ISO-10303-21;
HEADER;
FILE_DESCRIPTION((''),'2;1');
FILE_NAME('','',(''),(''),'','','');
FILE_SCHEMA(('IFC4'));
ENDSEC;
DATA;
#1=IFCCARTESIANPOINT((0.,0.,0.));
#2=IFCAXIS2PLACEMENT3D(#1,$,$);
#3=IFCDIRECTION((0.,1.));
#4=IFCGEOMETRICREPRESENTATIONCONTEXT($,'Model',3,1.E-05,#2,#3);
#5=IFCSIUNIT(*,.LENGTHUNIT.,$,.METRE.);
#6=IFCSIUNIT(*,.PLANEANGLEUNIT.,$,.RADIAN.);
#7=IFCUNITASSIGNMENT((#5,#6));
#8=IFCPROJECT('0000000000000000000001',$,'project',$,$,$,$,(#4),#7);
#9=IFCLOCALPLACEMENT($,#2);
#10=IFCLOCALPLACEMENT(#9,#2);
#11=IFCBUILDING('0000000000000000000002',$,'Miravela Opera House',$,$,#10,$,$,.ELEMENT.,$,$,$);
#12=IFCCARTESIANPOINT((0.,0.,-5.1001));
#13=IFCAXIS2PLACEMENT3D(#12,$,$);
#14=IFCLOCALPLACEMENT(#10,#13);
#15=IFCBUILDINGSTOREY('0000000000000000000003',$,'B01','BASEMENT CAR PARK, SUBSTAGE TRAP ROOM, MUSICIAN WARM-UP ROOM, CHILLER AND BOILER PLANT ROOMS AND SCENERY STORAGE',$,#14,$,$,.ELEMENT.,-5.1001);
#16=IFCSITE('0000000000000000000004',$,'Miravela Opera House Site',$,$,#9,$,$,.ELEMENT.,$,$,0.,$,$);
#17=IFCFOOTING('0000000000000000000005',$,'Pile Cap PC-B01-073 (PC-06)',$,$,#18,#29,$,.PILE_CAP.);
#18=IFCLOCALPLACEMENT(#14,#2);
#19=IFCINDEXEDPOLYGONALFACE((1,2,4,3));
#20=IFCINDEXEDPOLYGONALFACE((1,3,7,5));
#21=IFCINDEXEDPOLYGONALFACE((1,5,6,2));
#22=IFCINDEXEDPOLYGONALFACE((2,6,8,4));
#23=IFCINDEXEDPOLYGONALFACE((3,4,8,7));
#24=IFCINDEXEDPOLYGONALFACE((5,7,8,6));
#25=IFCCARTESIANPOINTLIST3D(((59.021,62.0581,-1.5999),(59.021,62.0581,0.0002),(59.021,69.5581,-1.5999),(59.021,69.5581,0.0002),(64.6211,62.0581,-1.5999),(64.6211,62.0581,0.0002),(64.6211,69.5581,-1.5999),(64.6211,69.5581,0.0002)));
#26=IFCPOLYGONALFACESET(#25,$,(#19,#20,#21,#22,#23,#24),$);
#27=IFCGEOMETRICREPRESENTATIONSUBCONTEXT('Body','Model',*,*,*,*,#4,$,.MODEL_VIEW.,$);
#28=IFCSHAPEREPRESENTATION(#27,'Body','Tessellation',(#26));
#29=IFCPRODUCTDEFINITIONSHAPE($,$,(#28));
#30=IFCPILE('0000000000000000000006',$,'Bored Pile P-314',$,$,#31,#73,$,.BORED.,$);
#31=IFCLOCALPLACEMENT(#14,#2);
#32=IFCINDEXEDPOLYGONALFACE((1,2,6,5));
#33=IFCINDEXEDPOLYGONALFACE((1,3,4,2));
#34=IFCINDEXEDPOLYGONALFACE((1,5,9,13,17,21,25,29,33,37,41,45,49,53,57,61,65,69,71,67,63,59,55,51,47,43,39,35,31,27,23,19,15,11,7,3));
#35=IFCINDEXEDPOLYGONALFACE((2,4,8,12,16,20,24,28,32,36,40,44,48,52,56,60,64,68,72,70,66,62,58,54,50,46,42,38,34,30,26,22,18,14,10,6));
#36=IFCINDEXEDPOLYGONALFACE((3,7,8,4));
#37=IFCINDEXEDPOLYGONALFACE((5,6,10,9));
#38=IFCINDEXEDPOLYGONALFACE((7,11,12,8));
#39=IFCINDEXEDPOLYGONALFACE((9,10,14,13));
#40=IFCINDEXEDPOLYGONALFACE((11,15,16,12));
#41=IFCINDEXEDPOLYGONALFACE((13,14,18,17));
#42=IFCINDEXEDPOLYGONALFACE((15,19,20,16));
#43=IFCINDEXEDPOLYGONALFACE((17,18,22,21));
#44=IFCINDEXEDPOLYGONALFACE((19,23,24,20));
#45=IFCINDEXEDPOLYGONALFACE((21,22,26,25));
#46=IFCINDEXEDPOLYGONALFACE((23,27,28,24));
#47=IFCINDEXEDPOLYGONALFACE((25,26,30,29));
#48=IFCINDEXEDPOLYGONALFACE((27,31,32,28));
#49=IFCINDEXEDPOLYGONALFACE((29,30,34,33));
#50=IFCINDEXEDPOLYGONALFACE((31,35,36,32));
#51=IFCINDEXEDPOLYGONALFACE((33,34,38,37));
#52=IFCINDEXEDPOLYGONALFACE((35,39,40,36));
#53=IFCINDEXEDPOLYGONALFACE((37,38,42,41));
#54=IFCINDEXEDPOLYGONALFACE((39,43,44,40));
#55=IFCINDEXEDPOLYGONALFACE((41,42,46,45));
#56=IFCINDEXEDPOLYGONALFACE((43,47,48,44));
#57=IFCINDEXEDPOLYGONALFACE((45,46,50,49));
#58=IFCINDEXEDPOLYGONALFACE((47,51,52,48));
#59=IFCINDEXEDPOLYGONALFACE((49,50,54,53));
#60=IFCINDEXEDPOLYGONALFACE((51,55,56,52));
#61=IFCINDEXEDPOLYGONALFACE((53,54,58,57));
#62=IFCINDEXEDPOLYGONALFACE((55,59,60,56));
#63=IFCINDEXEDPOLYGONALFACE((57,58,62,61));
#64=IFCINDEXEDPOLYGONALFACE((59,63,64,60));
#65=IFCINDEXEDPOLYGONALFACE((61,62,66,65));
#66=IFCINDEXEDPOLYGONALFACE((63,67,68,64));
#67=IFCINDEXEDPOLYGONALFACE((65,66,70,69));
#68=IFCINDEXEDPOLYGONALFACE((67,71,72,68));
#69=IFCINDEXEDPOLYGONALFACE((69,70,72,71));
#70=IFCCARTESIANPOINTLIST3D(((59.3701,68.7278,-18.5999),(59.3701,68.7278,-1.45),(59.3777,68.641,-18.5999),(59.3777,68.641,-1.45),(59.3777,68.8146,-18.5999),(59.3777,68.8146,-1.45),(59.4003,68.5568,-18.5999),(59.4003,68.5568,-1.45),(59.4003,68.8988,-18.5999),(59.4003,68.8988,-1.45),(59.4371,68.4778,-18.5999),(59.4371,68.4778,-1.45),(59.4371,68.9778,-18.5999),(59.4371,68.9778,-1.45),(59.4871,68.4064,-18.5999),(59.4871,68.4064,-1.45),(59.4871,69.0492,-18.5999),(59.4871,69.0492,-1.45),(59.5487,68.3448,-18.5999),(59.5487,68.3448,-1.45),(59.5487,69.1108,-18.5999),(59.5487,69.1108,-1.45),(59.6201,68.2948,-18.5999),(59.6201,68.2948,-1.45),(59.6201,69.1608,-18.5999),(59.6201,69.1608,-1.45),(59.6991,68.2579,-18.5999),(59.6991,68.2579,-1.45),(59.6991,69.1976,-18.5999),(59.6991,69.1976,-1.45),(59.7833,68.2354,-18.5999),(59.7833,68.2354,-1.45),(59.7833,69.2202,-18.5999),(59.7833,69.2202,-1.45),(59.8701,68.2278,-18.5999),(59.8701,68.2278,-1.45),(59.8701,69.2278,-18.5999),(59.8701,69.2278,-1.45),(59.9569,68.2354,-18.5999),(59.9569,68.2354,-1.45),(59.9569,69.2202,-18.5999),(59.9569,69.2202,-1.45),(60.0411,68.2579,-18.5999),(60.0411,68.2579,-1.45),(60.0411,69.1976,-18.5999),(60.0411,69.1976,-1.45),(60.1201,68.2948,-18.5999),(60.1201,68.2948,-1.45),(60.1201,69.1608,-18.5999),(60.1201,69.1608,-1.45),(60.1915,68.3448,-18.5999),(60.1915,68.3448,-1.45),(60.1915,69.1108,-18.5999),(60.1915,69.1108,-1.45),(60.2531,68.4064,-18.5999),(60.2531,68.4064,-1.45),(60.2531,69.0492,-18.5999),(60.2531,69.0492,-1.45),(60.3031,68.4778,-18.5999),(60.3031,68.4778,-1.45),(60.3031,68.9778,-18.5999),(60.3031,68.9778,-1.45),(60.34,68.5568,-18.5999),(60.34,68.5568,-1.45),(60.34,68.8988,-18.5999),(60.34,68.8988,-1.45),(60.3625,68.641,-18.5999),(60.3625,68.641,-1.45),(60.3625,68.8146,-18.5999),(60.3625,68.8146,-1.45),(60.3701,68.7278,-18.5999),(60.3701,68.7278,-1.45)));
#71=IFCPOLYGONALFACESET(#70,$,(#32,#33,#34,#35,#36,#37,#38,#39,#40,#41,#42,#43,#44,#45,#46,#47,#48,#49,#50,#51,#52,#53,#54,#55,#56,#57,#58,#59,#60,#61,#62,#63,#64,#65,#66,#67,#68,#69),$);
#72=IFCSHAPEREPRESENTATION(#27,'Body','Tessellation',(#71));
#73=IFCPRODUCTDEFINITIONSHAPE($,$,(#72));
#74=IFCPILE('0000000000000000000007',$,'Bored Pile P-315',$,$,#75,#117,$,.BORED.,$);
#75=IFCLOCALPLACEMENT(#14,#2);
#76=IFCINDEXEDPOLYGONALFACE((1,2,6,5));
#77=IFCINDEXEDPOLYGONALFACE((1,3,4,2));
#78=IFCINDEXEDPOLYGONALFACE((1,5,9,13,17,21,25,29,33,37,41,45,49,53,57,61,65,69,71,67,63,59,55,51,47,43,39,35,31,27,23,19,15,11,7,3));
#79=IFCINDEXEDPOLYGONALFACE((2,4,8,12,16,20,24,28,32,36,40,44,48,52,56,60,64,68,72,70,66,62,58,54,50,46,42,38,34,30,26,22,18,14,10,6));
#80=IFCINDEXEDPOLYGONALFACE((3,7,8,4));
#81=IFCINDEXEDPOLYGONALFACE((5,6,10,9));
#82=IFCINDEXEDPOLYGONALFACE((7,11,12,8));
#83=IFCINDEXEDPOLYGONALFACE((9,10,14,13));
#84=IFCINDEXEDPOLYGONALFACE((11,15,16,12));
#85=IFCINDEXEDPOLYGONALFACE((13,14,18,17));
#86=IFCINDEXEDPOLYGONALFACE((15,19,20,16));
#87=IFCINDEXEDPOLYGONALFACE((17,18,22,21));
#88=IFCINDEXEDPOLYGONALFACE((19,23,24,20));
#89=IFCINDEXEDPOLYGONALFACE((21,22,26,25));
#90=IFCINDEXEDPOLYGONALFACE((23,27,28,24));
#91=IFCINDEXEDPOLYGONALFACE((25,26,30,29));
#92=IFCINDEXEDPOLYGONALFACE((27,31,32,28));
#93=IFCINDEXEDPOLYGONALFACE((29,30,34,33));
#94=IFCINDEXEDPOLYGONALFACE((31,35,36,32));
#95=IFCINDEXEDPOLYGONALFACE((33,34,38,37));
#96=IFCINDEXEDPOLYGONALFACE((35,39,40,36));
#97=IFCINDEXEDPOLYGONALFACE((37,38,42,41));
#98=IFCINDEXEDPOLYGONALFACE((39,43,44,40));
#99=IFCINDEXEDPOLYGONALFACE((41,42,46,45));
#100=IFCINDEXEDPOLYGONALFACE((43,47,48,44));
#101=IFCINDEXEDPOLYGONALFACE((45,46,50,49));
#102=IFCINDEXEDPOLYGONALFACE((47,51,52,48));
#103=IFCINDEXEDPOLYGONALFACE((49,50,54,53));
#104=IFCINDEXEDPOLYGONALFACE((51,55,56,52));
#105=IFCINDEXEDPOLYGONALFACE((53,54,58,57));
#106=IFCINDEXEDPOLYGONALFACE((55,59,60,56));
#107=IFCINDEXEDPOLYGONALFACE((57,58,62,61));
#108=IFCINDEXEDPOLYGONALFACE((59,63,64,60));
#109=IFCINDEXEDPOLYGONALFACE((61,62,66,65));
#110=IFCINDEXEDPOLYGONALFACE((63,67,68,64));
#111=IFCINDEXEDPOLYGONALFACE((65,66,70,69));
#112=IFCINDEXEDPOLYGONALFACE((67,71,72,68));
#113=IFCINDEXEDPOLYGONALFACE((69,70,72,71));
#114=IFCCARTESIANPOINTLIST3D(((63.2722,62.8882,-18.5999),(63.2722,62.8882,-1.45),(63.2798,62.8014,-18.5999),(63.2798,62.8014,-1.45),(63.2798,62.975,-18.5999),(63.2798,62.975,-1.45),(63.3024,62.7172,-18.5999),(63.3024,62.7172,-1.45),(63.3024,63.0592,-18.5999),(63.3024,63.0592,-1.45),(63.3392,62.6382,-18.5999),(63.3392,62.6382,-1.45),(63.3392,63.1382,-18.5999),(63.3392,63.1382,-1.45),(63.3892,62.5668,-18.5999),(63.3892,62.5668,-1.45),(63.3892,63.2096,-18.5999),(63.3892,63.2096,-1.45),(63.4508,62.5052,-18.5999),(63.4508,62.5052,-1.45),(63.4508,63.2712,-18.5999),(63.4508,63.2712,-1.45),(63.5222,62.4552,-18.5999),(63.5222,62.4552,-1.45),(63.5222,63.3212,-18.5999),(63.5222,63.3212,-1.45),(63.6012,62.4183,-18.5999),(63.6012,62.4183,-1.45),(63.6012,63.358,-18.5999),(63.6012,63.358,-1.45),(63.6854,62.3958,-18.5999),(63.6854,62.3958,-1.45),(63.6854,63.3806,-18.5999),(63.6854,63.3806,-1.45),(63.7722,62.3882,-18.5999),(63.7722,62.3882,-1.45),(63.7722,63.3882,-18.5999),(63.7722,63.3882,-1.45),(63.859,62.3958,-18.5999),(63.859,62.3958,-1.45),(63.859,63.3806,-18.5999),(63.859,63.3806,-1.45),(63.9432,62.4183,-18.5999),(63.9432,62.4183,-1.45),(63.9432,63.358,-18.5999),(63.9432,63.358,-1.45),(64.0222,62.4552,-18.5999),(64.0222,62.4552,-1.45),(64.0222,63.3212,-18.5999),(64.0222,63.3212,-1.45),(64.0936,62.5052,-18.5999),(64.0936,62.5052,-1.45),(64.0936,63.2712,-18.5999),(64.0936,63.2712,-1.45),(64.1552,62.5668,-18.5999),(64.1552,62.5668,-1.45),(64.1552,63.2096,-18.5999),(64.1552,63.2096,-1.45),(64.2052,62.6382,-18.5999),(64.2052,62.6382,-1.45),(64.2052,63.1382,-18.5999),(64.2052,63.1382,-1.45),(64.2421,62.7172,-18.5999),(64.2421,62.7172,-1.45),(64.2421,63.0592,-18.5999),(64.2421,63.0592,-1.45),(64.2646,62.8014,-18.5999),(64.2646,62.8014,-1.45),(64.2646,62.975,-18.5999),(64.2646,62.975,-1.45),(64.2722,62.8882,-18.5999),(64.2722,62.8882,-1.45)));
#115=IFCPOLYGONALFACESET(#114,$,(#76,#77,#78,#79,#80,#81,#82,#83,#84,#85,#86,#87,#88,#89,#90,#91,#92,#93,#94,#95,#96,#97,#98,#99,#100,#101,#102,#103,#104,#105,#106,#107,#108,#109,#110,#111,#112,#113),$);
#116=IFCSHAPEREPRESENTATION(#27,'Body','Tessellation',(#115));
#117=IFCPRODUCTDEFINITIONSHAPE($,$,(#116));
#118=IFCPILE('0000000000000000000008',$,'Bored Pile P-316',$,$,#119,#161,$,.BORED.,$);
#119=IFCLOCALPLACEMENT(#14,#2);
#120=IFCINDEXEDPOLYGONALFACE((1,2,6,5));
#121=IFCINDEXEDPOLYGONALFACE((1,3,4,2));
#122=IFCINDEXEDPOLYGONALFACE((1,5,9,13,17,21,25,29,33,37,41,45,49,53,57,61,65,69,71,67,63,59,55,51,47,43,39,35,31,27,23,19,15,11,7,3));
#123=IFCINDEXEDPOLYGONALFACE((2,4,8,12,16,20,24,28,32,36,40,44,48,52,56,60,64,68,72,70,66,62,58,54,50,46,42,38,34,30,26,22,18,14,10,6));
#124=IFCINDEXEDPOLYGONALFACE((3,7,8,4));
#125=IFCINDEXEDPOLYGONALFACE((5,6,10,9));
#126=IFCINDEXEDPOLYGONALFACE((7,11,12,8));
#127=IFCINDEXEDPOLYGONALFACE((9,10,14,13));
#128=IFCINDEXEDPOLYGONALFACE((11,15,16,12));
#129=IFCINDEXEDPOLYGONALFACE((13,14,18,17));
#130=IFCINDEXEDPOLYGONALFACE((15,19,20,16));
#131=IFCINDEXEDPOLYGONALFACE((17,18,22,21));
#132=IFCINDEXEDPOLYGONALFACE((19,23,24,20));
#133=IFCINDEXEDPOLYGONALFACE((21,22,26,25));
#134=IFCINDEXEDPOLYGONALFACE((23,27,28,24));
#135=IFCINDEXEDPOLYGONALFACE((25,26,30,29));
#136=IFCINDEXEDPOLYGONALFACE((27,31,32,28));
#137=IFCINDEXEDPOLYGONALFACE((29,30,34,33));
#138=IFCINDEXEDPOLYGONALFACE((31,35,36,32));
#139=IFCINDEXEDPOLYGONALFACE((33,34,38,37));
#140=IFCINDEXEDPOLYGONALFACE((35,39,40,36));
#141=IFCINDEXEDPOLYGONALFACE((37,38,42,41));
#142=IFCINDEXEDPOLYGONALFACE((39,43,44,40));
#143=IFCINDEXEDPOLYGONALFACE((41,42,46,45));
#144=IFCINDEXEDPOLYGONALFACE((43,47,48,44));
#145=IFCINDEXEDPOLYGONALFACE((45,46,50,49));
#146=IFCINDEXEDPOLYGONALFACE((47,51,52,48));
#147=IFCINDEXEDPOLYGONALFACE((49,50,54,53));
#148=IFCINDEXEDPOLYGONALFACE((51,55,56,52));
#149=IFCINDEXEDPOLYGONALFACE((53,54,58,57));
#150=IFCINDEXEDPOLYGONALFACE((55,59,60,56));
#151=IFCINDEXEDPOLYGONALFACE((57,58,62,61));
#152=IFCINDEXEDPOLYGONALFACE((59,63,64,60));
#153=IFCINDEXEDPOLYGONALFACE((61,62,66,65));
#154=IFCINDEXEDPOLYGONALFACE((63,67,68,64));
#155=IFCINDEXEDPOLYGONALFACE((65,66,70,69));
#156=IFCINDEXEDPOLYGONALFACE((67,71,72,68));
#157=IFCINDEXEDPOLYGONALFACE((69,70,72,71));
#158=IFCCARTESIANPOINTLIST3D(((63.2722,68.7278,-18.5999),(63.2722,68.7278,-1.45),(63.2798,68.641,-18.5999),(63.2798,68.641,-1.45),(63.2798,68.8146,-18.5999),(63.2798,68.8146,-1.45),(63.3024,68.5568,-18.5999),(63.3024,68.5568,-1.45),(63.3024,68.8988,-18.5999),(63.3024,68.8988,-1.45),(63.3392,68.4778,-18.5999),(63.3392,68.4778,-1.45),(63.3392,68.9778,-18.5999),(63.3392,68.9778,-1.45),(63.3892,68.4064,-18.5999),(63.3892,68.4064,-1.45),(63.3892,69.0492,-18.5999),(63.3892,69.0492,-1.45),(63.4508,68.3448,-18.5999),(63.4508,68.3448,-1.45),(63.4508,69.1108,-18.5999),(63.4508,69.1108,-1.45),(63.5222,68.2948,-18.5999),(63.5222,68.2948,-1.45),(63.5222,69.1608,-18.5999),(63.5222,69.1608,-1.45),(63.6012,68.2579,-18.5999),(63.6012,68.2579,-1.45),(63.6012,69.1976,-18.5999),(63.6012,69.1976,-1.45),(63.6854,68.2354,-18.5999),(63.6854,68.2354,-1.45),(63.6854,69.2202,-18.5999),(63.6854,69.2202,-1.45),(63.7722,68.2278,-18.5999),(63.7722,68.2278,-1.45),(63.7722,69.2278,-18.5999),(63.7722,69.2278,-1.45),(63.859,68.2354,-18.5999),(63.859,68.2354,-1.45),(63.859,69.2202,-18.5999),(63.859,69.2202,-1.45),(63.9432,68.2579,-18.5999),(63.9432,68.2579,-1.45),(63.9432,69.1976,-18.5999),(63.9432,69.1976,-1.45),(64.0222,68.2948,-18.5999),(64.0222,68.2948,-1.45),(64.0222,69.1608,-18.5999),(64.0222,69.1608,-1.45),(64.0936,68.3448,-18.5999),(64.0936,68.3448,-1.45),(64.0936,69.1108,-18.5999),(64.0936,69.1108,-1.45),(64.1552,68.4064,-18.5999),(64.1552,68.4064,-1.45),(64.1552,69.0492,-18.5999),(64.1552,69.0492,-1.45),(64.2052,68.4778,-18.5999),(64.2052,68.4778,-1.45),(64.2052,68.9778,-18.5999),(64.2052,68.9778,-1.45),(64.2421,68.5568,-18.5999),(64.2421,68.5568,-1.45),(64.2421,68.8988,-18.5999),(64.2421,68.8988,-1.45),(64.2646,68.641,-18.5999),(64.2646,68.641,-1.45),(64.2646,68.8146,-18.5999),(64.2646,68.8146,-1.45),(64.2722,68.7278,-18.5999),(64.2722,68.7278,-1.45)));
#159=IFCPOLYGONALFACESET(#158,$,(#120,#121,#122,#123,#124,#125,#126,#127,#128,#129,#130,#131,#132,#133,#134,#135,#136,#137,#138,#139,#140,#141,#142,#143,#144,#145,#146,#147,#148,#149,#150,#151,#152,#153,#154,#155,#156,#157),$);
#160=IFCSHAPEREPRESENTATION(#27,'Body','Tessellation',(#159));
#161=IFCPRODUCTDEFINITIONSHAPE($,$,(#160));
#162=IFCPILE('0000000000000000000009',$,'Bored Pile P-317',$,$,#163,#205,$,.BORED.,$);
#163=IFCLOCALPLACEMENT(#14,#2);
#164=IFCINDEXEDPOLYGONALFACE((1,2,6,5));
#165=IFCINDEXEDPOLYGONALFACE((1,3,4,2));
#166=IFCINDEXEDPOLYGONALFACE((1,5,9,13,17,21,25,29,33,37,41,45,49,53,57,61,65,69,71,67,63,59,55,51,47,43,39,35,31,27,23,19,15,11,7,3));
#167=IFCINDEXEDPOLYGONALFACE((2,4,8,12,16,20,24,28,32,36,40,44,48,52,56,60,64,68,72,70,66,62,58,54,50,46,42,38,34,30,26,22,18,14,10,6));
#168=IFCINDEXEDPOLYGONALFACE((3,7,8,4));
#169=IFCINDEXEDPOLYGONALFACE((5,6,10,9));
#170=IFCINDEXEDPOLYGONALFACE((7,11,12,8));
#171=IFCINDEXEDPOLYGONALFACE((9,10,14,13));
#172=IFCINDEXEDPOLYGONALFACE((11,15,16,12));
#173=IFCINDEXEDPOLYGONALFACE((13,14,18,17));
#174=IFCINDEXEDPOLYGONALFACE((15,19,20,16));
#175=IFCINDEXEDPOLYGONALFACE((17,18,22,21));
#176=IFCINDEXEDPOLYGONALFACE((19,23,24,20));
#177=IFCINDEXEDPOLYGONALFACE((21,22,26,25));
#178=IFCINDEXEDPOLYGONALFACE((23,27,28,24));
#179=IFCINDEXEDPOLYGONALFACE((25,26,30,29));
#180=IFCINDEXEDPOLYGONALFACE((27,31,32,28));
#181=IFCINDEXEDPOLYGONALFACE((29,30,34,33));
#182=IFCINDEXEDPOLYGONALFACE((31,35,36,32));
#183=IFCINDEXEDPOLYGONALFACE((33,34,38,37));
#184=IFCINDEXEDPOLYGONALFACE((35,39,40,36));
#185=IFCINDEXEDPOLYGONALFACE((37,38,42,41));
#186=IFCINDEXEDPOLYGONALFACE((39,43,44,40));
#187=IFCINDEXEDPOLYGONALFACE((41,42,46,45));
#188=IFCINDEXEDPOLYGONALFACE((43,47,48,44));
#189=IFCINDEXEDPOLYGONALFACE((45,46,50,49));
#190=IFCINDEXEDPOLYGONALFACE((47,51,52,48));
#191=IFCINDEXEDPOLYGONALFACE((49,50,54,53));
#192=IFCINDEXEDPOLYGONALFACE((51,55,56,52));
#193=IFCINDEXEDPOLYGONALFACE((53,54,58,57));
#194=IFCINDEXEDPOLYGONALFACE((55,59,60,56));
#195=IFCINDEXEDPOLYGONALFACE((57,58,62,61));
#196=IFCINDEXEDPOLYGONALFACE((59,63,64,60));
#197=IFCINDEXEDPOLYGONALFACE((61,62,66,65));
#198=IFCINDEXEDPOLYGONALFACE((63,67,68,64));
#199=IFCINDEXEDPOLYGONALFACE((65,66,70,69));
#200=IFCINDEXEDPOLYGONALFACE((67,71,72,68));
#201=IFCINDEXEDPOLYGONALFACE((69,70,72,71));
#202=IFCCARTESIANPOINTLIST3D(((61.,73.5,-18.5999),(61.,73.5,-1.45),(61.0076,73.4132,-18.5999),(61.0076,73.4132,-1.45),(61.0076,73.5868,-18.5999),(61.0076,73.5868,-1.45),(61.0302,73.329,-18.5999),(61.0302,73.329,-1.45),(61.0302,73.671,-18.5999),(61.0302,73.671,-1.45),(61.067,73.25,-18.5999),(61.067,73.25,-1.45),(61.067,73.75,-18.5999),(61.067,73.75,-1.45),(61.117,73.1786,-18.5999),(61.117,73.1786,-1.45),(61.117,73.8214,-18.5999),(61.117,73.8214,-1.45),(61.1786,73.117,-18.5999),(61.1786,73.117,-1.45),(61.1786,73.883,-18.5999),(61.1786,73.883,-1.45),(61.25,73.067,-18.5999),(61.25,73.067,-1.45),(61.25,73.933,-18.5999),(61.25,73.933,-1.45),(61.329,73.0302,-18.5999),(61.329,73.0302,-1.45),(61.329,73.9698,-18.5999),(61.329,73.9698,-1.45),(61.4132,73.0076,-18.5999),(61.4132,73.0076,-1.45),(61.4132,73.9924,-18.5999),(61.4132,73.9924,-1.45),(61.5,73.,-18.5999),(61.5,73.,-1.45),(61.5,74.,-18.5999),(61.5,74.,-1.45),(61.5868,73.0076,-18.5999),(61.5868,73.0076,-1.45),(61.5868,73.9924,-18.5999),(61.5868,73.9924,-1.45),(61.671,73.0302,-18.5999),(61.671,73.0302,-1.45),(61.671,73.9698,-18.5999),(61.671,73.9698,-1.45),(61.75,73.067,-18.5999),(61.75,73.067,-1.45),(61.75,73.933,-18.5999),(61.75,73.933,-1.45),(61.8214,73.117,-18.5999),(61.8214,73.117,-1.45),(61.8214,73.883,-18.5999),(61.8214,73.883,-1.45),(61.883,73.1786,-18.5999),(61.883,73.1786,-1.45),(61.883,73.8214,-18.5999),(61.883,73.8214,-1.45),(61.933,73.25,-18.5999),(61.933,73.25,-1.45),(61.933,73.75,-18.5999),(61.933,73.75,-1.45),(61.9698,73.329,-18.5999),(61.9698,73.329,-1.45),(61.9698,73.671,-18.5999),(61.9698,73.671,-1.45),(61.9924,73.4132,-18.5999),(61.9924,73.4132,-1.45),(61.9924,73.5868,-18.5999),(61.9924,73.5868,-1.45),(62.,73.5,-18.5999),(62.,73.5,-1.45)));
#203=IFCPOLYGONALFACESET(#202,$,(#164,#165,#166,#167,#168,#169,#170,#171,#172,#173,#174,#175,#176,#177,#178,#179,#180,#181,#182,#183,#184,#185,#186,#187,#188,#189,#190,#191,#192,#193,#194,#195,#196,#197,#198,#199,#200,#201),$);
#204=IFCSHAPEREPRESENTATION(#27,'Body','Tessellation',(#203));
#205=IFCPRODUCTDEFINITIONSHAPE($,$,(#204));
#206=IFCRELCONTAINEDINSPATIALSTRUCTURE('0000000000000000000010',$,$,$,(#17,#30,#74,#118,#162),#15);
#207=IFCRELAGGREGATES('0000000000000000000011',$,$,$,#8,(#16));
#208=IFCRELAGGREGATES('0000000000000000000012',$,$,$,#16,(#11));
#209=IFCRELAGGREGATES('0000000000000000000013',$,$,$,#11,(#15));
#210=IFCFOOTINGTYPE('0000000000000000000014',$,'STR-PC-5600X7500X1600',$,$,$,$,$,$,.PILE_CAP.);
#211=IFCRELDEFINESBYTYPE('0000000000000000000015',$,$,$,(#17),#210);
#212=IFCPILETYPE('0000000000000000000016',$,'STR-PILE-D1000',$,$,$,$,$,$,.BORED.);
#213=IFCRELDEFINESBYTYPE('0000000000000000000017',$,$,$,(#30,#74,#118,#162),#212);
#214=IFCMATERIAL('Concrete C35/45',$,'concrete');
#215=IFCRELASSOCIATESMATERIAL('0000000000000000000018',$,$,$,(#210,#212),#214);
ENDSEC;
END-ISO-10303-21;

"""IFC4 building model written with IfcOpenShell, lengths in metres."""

from ifc_helpers import new_model, si_unit, direction, frame, origin, origin_2d, place, context, subcontext, project, spatial, rectangle, circle, extrude, material, material_profile, profile_set, type_object, element, save


model = new_model("IFC4")

# Units and contexts
model_context = context("Model", 3, precision=1e-05, world=origin(), true_north=direction((0.0, 1.0)))
body_context = subcontext(model_context, "Body", "Model", "MODEL_VIEW")
ifc_project = project(units=[si_unit("LENGTHUNIT", "METRE"), si_unit("PLANEANGLEUNIT", "RADIAN")], contexts=[model_context])

# Site, building, storey
site_placement = place(None, origin())
site = spatial("IfcSite", under=ifc_project, at=site_placement, Name="Miravela Opera House Site", CompositionType="ELEMENT", RefElevation=0.0)
building_placement = place(site_placement, origin())
building = spatial("IfcBuilding", under=site, at=building_placement, Name="Miravela Opera House", CompositionType="ELEMENT")
storey_placement = place(building_placement, frame((0.0, 0.0, -5.1001)))
storey = spatial("IfcBuildingStorey", under=building, at=storey_placement, Name="B01", Description="BASEMENT CAR PARK, SUBSTAGE TRAP ROOM, MUSICIAN WARM-UP ROOM, CHILLER AND BOILER PLANT ROOMS AND SCENERY STORAGE", CompositionType="ELEMENT", Elevation=-5.1001)

# Footing
ifc_material_1 = material(Name="Concrete C35/45", Category="concrete")
footing_type = type_object("IfcFootingType", Name="STR-PC-5600X7500X1600", PredefinedType="PILE_CAP", material=ifc_material_1)
footing_placement = place(storey_placement, frame((61.821, 65.8081, -1.5999), z_axis=(0.0, 0.0, 1.0), x_axis=(1.0, 0.0, 0.0)))
element("IfcFooting", 1, at=footing_placement, inside=storey, type_object=footing_type, Name="Pile Cap PC-B01-073 (PC-06)", PredefinedType="PILE_CAP", context=body_context, shape_type="SweptSolid", body=[
    extrude(rectangle(XDim=5.6001, YDim=7.5, at=origin_2d()), origin(), (0.0, 0.0, 1.0), 1.6001),
])

# Piles
ifc_material_profile_1 = material_profile(ifc_material_1, circle(Radius=0.5, at=origin_2d()), Name="PILE-D1000")
ifc_profile_set_1 = profile_set([ifc_material_profile_1])
pile_type_1 = type_object("IfcPileType", Name="STR-PILE-D1000", PredefinedType="BORED", material=ifc_profile_set_1)
for number, where, z_axis, x_axis, name in (
    (2, (59.8701, 68.7278, -1.45), (0.0, 0.0, -1.0), (1.0, 0.0, 0.0), "Bored Pile P-314"),
    (3, (63.7722, 62.8882, -1.45), (0.0, 0.0, -1.0), (1.0, 0.0, 0.0), "Bored Pile P-315"),
    (4, (63.7722, 68.7278, -1.45), (0.0, 0.0, -1.0), (1.0, 0.0, 0.0), "Bored Pile P-316"),
    (5, (61.5, 73.5, -1.45), (0.0, 0.0, -1.0), (1.0, 0.0, 0.0), "Bored Pile P-317"),
):
    element("IfcPile", number, at=place(storey_placement, frame(where, z_axis=z_axis, x_axis=x_axis)), inside=storey, type_object=pile_type_1, Name=name, PredefinedType="BORED", context=body_context, shape_type="SweptSolid", body=[
        extrude(circle(Radius=0.5, at=origin_2d()), origin(), (0.0, 0.0, 1.0), 17.1499),
    ])

save(model, "model.ifc")
